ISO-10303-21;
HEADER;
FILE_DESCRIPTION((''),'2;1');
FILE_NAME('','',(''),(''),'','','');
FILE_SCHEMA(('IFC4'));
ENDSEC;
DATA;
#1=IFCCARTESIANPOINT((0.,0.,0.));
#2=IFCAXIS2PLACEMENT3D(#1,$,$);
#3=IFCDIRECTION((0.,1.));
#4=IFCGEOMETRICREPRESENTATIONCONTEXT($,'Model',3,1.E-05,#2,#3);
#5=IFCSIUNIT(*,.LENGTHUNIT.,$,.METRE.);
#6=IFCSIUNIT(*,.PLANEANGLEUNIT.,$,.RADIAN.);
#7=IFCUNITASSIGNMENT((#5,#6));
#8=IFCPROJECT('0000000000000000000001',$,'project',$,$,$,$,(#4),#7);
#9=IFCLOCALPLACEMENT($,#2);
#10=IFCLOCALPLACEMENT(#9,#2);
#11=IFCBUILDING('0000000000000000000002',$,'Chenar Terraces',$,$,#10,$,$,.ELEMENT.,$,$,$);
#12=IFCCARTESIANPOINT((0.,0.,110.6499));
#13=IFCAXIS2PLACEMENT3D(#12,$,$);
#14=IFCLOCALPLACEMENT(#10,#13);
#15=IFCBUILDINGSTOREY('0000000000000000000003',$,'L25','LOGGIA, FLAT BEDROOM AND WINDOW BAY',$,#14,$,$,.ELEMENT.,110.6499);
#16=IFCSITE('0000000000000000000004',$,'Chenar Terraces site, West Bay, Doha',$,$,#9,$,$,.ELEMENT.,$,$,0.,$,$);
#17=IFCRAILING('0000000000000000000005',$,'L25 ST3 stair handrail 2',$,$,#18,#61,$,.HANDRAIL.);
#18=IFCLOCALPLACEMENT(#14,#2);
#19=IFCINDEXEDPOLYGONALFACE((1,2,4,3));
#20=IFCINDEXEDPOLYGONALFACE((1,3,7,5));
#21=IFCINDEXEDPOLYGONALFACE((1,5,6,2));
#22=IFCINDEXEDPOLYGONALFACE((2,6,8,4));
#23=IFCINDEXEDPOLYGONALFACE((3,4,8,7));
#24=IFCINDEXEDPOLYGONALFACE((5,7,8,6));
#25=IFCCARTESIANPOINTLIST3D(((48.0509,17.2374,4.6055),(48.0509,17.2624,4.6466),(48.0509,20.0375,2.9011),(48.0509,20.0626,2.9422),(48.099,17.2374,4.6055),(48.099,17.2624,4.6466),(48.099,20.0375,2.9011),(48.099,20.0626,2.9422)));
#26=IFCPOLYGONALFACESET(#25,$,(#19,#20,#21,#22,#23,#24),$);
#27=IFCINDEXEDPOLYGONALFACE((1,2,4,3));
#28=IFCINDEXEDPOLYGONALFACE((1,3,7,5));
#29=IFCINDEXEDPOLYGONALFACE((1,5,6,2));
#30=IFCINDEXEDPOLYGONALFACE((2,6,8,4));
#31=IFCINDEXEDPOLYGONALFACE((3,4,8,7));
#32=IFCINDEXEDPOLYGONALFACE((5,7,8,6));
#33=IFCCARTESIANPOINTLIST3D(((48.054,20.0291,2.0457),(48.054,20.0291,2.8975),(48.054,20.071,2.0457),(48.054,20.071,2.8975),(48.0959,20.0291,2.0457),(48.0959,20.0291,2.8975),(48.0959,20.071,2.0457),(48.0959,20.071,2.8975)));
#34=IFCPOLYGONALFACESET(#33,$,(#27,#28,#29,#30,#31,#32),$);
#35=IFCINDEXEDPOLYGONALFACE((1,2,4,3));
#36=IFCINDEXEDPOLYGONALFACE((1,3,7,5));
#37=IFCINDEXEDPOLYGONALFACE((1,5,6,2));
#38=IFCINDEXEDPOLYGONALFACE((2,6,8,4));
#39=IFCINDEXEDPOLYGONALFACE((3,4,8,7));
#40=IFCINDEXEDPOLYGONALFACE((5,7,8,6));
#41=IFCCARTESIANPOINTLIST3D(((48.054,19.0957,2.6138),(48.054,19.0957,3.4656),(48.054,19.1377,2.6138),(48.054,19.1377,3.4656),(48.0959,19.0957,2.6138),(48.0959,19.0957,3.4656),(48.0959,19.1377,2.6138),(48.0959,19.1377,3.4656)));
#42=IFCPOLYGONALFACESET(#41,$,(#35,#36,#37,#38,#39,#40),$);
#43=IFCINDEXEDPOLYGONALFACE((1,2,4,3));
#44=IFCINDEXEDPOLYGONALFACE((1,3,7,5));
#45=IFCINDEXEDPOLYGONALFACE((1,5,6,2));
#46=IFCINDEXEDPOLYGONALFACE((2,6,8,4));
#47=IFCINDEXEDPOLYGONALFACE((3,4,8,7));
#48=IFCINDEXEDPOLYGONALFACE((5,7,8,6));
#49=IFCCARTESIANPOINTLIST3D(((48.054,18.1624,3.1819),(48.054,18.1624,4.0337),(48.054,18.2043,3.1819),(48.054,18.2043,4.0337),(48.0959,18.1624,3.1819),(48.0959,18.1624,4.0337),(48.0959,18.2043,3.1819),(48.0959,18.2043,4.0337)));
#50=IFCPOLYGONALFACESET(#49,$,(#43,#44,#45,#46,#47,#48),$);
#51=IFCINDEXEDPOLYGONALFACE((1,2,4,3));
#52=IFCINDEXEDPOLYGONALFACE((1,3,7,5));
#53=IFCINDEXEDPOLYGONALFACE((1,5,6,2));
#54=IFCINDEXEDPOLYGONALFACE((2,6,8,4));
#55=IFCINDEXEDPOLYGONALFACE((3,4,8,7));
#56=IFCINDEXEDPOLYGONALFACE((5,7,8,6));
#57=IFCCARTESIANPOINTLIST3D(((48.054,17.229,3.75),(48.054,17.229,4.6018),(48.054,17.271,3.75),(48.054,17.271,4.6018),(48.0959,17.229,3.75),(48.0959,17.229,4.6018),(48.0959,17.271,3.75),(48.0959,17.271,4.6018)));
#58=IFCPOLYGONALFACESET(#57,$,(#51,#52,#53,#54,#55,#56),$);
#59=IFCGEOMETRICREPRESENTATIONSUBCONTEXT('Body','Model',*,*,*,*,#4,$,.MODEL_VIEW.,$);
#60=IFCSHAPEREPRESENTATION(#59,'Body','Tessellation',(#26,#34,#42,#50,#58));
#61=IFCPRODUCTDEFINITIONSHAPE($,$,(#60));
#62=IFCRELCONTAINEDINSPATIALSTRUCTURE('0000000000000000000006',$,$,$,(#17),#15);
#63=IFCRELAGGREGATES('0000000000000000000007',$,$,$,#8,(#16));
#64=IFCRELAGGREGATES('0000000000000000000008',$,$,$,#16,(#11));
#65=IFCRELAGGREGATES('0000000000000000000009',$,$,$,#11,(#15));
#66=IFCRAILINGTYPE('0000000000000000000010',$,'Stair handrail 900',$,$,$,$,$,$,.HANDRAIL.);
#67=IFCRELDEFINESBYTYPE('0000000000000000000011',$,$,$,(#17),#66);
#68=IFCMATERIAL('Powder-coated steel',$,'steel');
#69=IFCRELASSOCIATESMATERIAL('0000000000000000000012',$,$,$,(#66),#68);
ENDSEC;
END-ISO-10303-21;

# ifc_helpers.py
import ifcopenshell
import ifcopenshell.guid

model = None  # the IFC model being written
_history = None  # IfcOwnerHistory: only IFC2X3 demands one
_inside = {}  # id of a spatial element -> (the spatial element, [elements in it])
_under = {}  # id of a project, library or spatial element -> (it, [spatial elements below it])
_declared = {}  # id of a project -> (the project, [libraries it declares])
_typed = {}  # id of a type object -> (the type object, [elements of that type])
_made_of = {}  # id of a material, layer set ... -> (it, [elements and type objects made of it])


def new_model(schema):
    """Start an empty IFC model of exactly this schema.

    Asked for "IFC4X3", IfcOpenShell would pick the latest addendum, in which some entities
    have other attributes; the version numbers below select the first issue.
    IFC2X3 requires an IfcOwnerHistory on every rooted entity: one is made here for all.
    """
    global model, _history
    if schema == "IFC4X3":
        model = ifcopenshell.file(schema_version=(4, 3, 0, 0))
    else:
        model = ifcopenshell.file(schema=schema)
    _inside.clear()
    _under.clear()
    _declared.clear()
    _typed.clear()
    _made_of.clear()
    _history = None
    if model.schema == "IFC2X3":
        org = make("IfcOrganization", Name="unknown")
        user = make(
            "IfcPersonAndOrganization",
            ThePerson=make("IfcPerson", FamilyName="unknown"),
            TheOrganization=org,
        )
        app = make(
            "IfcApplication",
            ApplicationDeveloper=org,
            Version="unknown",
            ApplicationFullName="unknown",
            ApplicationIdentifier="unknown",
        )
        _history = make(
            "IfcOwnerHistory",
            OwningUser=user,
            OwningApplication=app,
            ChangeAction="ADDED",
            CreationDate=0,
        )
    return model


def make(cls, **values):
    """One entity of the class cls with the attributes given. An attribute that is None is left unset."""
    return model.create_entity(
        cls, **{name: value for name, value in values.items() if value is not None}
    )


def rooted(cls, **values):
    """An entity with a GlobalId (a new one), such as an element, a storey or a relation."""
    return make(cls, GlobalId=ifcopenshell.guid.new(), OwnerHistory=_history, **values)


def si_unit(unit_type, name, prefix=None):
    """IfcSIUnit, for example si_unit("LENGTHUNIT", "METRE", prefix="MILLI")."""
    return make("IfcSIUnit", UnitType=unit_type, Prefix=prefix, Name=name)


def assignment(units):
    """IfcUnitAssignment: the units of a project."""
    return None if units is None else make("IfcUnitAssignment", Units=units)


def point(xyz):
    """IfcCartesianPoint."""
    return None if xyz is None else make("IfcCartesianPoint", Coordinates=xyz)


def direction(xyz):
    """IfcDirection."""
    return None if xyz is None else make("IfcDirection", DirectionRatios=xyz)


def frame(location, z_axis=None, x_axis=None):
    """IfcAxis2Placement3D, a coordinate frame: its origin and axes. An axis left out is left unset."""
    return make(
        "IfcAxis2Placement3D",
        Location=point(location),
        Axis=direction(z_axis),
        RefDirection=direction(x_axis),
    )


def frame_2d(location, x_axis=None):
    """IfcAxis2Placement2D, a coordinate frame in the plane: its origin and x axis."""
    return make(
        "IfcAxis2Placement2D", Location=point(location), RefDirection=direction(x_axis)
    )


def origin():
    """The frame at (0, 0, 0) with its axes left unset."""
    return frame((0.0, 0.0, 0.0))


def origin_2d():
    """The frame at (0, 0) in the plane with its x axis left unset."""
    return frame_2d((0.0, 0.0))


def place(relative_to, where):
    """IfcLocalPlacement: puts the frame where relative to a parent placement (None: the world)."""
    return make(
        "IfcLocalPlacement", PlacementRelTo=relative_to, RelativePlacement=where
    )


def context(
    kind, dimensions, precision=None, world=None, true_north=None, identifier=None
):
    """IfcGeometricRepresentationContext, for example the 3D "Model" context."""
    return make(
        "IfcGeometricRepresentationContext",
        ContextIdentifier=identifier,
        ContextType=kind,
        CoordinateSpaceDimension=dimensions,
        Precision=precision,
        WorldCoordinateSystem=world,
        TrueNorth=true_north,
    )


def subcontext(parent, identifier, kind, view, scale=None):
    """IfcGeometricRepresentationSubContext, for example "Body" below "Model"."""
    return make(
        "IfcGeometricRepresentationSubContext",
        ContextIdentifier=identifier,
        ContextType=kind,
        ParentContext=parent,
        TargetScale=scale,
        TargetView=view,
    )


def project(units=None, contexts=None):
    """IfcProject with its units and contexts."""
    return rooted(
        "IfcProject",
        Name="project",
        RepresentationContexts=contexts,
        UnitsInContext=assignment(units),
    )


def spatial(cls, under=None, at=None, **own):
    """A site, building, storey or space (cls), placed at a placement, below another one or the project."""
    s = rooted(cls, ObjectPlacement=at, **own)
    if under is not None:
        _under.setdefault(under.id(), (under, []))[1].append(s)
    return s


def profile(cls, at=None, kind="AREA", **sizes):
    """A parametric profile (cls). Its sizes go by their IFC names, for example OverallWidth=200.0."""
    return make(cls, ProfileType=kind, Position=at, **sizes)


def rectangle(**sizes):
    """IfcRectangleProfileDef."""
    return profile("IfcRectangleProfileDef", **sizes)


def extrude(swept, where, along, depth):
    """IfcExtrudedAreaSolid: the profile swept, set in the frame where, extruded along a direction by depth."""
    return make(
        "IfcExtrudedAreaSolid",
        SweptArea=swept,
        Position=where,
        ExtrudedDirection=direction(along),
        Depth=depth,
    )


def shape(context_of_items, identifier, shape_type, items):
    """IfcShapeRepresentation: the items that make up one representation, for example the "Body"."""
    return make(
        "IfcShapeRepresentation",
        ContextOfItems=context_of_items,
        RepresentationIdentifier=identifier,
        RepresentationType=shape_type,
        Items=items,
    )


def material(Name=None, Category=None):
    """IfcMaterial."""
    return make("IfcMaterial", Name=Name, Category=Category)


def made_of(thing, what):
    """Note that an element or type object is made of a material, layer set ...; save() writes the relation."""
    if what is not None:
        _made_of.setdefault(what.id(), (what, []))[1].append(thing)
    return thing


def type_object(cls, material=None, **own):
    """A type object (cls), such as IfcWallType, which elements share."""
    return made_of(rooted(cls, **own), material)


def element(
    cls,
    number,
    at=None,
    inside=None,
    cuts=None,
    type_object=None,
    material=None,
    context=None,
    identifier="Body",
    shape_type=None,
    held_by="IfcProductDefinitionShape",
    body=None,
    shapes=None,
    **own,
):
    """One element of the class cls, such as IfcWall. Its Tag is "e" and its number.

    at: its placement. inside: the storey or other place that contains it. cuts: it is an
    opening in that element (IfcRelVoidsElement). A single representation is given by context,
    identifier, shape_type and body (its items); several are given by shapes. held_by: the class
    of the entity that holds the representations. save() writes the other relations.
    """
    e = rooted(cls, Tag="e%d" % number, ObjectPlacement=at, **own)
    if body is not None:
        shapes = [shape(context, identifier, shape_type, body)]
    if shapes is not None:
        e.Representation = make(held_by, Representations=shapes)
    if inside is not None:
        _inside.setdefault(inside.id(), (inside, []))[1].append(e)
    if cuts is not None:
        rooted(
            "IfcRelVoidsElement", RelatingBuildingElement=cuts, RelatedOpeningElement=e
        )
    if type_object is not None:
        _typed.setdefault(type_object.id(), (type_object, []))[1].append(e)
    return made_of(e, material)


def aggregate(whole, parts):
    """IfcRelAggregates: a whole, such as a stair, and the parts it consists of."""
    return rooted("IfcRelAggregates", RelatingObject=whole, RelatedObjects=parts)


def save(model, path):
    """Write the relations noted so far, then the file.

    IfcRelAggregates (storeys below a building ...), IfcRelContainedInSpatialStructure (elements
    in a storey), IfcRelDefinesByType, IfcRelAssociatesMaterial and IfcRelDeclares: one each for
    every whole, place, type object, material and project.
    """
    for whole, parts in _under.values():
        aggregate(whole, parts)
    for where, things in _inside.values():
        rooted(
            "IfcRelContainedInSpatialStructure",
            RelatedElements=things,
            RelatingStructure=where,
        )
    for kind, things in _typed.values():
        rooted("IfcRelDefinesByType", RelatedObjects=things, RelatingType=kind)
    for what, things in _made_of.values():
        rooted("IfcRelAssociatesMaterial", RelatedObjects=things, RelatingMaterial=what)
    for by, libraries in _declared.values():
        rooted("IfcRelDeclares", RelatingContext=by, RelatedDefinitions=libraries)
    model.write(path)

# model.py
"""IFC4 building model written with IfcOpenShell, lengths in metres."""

from ifc_helpers import new_model, si_unit, direction, frame, origin, origin_2d, place, context, subcontext, project, spatial, rectangle, extrude, material, type_object, element, save


model = new_model("IFC4")

# Units and contexts
model_context = context("Model", 3, precision=1e-05, world=origin(), true_north=direction((0.0, 1.0)))
body_context = subcontext(model_context, "Body", "Model", "MODEL_VIEW")
ifc_project = project(units=[si_unit("LENGTHUNIT", "METRE"), si_unit("PLANEANGLEUNIT", "RADIAN")], contexts=[model_context])

# Site, building, storey
site_placement = place(None, origin())
site = spatial("IfcSite", under=ifc_project, at=site_placement, Name="Chenar Terraces site, West Bay, Doha", CompositionType="ELEMENT", RefElevation=0.0)
building_placement = place(site_placement, origin())
building = spatial("IfcBuilding", under=site, at=building_placement, Name="Chenar Terraces", CompositionType="ELEMENT")
storey_placement = place(building_placement, frame((0.0, 0.0, 110.6499)))
storey = spatial("IfcBuildingStorey", under=building, at=storey_placement, Name="L25", Description="LOGGIA, FLAT BEDROOM AND WINDOW BAY", CompositionType="ELEMENT", Elevation=110.6499)

# Railing
ifc_material_1 = material(Name="Powder-coated steel", Category="steel")
railing_type_1 = type_object("IfcRailingType", Name="Stair handrail 900", PredefinedType="HANDRAIL", material=ifc_material_1)
railing_1_placement = place(storey_placement, frame((48.075, 20.05, 2.0457)))
element("IfcRailing", 1, at=railing_1_placement, inside=storey, type_object=railing_type_1, Name="L25 ST3 stair handrail 2", PredefinedType="HANDRAIL", context=body_context, shape_type="SweptSolid", body=[
    extrude(rectangle(XDim=0.0481, YDim=0.0481, at=origin_2d()), frame((0.0, 0.0, 0.876), z_axis=(0.0, -0.854203, 0.51994), x_axis=(1.0, 0.0, 0.0)), (0.0, 0.0, 1.0), 3.2781),
    extrude(rectangle(XDim=0.042, YDim=0.042, at=origin_2d()), origin(), (0.0, 0.0, 1.0), 0.8518),
    extrude(rectangle(XDim=0.042, YDim=0.042, at=origin_2d()), frame((0.0, -0.9333, 0.5681)), (0.0, 0.0, 1.0), 0.8518),
    extrude(rectangle(XDim=0.042, YDim=0.042, at=origin_2d()), frame((0.0, -1.8667, 1.1362)), (0.0, 0.0, 1.0), 0.8518),
    extrude(rectangle(XDim=0.042, YDim=0.042, at=origin_2d()), frame((0.0, -2.8, 1.7043)), (0.0, 0.0, 1.0), 0.8518),
])

save(model, "model.ifc")
